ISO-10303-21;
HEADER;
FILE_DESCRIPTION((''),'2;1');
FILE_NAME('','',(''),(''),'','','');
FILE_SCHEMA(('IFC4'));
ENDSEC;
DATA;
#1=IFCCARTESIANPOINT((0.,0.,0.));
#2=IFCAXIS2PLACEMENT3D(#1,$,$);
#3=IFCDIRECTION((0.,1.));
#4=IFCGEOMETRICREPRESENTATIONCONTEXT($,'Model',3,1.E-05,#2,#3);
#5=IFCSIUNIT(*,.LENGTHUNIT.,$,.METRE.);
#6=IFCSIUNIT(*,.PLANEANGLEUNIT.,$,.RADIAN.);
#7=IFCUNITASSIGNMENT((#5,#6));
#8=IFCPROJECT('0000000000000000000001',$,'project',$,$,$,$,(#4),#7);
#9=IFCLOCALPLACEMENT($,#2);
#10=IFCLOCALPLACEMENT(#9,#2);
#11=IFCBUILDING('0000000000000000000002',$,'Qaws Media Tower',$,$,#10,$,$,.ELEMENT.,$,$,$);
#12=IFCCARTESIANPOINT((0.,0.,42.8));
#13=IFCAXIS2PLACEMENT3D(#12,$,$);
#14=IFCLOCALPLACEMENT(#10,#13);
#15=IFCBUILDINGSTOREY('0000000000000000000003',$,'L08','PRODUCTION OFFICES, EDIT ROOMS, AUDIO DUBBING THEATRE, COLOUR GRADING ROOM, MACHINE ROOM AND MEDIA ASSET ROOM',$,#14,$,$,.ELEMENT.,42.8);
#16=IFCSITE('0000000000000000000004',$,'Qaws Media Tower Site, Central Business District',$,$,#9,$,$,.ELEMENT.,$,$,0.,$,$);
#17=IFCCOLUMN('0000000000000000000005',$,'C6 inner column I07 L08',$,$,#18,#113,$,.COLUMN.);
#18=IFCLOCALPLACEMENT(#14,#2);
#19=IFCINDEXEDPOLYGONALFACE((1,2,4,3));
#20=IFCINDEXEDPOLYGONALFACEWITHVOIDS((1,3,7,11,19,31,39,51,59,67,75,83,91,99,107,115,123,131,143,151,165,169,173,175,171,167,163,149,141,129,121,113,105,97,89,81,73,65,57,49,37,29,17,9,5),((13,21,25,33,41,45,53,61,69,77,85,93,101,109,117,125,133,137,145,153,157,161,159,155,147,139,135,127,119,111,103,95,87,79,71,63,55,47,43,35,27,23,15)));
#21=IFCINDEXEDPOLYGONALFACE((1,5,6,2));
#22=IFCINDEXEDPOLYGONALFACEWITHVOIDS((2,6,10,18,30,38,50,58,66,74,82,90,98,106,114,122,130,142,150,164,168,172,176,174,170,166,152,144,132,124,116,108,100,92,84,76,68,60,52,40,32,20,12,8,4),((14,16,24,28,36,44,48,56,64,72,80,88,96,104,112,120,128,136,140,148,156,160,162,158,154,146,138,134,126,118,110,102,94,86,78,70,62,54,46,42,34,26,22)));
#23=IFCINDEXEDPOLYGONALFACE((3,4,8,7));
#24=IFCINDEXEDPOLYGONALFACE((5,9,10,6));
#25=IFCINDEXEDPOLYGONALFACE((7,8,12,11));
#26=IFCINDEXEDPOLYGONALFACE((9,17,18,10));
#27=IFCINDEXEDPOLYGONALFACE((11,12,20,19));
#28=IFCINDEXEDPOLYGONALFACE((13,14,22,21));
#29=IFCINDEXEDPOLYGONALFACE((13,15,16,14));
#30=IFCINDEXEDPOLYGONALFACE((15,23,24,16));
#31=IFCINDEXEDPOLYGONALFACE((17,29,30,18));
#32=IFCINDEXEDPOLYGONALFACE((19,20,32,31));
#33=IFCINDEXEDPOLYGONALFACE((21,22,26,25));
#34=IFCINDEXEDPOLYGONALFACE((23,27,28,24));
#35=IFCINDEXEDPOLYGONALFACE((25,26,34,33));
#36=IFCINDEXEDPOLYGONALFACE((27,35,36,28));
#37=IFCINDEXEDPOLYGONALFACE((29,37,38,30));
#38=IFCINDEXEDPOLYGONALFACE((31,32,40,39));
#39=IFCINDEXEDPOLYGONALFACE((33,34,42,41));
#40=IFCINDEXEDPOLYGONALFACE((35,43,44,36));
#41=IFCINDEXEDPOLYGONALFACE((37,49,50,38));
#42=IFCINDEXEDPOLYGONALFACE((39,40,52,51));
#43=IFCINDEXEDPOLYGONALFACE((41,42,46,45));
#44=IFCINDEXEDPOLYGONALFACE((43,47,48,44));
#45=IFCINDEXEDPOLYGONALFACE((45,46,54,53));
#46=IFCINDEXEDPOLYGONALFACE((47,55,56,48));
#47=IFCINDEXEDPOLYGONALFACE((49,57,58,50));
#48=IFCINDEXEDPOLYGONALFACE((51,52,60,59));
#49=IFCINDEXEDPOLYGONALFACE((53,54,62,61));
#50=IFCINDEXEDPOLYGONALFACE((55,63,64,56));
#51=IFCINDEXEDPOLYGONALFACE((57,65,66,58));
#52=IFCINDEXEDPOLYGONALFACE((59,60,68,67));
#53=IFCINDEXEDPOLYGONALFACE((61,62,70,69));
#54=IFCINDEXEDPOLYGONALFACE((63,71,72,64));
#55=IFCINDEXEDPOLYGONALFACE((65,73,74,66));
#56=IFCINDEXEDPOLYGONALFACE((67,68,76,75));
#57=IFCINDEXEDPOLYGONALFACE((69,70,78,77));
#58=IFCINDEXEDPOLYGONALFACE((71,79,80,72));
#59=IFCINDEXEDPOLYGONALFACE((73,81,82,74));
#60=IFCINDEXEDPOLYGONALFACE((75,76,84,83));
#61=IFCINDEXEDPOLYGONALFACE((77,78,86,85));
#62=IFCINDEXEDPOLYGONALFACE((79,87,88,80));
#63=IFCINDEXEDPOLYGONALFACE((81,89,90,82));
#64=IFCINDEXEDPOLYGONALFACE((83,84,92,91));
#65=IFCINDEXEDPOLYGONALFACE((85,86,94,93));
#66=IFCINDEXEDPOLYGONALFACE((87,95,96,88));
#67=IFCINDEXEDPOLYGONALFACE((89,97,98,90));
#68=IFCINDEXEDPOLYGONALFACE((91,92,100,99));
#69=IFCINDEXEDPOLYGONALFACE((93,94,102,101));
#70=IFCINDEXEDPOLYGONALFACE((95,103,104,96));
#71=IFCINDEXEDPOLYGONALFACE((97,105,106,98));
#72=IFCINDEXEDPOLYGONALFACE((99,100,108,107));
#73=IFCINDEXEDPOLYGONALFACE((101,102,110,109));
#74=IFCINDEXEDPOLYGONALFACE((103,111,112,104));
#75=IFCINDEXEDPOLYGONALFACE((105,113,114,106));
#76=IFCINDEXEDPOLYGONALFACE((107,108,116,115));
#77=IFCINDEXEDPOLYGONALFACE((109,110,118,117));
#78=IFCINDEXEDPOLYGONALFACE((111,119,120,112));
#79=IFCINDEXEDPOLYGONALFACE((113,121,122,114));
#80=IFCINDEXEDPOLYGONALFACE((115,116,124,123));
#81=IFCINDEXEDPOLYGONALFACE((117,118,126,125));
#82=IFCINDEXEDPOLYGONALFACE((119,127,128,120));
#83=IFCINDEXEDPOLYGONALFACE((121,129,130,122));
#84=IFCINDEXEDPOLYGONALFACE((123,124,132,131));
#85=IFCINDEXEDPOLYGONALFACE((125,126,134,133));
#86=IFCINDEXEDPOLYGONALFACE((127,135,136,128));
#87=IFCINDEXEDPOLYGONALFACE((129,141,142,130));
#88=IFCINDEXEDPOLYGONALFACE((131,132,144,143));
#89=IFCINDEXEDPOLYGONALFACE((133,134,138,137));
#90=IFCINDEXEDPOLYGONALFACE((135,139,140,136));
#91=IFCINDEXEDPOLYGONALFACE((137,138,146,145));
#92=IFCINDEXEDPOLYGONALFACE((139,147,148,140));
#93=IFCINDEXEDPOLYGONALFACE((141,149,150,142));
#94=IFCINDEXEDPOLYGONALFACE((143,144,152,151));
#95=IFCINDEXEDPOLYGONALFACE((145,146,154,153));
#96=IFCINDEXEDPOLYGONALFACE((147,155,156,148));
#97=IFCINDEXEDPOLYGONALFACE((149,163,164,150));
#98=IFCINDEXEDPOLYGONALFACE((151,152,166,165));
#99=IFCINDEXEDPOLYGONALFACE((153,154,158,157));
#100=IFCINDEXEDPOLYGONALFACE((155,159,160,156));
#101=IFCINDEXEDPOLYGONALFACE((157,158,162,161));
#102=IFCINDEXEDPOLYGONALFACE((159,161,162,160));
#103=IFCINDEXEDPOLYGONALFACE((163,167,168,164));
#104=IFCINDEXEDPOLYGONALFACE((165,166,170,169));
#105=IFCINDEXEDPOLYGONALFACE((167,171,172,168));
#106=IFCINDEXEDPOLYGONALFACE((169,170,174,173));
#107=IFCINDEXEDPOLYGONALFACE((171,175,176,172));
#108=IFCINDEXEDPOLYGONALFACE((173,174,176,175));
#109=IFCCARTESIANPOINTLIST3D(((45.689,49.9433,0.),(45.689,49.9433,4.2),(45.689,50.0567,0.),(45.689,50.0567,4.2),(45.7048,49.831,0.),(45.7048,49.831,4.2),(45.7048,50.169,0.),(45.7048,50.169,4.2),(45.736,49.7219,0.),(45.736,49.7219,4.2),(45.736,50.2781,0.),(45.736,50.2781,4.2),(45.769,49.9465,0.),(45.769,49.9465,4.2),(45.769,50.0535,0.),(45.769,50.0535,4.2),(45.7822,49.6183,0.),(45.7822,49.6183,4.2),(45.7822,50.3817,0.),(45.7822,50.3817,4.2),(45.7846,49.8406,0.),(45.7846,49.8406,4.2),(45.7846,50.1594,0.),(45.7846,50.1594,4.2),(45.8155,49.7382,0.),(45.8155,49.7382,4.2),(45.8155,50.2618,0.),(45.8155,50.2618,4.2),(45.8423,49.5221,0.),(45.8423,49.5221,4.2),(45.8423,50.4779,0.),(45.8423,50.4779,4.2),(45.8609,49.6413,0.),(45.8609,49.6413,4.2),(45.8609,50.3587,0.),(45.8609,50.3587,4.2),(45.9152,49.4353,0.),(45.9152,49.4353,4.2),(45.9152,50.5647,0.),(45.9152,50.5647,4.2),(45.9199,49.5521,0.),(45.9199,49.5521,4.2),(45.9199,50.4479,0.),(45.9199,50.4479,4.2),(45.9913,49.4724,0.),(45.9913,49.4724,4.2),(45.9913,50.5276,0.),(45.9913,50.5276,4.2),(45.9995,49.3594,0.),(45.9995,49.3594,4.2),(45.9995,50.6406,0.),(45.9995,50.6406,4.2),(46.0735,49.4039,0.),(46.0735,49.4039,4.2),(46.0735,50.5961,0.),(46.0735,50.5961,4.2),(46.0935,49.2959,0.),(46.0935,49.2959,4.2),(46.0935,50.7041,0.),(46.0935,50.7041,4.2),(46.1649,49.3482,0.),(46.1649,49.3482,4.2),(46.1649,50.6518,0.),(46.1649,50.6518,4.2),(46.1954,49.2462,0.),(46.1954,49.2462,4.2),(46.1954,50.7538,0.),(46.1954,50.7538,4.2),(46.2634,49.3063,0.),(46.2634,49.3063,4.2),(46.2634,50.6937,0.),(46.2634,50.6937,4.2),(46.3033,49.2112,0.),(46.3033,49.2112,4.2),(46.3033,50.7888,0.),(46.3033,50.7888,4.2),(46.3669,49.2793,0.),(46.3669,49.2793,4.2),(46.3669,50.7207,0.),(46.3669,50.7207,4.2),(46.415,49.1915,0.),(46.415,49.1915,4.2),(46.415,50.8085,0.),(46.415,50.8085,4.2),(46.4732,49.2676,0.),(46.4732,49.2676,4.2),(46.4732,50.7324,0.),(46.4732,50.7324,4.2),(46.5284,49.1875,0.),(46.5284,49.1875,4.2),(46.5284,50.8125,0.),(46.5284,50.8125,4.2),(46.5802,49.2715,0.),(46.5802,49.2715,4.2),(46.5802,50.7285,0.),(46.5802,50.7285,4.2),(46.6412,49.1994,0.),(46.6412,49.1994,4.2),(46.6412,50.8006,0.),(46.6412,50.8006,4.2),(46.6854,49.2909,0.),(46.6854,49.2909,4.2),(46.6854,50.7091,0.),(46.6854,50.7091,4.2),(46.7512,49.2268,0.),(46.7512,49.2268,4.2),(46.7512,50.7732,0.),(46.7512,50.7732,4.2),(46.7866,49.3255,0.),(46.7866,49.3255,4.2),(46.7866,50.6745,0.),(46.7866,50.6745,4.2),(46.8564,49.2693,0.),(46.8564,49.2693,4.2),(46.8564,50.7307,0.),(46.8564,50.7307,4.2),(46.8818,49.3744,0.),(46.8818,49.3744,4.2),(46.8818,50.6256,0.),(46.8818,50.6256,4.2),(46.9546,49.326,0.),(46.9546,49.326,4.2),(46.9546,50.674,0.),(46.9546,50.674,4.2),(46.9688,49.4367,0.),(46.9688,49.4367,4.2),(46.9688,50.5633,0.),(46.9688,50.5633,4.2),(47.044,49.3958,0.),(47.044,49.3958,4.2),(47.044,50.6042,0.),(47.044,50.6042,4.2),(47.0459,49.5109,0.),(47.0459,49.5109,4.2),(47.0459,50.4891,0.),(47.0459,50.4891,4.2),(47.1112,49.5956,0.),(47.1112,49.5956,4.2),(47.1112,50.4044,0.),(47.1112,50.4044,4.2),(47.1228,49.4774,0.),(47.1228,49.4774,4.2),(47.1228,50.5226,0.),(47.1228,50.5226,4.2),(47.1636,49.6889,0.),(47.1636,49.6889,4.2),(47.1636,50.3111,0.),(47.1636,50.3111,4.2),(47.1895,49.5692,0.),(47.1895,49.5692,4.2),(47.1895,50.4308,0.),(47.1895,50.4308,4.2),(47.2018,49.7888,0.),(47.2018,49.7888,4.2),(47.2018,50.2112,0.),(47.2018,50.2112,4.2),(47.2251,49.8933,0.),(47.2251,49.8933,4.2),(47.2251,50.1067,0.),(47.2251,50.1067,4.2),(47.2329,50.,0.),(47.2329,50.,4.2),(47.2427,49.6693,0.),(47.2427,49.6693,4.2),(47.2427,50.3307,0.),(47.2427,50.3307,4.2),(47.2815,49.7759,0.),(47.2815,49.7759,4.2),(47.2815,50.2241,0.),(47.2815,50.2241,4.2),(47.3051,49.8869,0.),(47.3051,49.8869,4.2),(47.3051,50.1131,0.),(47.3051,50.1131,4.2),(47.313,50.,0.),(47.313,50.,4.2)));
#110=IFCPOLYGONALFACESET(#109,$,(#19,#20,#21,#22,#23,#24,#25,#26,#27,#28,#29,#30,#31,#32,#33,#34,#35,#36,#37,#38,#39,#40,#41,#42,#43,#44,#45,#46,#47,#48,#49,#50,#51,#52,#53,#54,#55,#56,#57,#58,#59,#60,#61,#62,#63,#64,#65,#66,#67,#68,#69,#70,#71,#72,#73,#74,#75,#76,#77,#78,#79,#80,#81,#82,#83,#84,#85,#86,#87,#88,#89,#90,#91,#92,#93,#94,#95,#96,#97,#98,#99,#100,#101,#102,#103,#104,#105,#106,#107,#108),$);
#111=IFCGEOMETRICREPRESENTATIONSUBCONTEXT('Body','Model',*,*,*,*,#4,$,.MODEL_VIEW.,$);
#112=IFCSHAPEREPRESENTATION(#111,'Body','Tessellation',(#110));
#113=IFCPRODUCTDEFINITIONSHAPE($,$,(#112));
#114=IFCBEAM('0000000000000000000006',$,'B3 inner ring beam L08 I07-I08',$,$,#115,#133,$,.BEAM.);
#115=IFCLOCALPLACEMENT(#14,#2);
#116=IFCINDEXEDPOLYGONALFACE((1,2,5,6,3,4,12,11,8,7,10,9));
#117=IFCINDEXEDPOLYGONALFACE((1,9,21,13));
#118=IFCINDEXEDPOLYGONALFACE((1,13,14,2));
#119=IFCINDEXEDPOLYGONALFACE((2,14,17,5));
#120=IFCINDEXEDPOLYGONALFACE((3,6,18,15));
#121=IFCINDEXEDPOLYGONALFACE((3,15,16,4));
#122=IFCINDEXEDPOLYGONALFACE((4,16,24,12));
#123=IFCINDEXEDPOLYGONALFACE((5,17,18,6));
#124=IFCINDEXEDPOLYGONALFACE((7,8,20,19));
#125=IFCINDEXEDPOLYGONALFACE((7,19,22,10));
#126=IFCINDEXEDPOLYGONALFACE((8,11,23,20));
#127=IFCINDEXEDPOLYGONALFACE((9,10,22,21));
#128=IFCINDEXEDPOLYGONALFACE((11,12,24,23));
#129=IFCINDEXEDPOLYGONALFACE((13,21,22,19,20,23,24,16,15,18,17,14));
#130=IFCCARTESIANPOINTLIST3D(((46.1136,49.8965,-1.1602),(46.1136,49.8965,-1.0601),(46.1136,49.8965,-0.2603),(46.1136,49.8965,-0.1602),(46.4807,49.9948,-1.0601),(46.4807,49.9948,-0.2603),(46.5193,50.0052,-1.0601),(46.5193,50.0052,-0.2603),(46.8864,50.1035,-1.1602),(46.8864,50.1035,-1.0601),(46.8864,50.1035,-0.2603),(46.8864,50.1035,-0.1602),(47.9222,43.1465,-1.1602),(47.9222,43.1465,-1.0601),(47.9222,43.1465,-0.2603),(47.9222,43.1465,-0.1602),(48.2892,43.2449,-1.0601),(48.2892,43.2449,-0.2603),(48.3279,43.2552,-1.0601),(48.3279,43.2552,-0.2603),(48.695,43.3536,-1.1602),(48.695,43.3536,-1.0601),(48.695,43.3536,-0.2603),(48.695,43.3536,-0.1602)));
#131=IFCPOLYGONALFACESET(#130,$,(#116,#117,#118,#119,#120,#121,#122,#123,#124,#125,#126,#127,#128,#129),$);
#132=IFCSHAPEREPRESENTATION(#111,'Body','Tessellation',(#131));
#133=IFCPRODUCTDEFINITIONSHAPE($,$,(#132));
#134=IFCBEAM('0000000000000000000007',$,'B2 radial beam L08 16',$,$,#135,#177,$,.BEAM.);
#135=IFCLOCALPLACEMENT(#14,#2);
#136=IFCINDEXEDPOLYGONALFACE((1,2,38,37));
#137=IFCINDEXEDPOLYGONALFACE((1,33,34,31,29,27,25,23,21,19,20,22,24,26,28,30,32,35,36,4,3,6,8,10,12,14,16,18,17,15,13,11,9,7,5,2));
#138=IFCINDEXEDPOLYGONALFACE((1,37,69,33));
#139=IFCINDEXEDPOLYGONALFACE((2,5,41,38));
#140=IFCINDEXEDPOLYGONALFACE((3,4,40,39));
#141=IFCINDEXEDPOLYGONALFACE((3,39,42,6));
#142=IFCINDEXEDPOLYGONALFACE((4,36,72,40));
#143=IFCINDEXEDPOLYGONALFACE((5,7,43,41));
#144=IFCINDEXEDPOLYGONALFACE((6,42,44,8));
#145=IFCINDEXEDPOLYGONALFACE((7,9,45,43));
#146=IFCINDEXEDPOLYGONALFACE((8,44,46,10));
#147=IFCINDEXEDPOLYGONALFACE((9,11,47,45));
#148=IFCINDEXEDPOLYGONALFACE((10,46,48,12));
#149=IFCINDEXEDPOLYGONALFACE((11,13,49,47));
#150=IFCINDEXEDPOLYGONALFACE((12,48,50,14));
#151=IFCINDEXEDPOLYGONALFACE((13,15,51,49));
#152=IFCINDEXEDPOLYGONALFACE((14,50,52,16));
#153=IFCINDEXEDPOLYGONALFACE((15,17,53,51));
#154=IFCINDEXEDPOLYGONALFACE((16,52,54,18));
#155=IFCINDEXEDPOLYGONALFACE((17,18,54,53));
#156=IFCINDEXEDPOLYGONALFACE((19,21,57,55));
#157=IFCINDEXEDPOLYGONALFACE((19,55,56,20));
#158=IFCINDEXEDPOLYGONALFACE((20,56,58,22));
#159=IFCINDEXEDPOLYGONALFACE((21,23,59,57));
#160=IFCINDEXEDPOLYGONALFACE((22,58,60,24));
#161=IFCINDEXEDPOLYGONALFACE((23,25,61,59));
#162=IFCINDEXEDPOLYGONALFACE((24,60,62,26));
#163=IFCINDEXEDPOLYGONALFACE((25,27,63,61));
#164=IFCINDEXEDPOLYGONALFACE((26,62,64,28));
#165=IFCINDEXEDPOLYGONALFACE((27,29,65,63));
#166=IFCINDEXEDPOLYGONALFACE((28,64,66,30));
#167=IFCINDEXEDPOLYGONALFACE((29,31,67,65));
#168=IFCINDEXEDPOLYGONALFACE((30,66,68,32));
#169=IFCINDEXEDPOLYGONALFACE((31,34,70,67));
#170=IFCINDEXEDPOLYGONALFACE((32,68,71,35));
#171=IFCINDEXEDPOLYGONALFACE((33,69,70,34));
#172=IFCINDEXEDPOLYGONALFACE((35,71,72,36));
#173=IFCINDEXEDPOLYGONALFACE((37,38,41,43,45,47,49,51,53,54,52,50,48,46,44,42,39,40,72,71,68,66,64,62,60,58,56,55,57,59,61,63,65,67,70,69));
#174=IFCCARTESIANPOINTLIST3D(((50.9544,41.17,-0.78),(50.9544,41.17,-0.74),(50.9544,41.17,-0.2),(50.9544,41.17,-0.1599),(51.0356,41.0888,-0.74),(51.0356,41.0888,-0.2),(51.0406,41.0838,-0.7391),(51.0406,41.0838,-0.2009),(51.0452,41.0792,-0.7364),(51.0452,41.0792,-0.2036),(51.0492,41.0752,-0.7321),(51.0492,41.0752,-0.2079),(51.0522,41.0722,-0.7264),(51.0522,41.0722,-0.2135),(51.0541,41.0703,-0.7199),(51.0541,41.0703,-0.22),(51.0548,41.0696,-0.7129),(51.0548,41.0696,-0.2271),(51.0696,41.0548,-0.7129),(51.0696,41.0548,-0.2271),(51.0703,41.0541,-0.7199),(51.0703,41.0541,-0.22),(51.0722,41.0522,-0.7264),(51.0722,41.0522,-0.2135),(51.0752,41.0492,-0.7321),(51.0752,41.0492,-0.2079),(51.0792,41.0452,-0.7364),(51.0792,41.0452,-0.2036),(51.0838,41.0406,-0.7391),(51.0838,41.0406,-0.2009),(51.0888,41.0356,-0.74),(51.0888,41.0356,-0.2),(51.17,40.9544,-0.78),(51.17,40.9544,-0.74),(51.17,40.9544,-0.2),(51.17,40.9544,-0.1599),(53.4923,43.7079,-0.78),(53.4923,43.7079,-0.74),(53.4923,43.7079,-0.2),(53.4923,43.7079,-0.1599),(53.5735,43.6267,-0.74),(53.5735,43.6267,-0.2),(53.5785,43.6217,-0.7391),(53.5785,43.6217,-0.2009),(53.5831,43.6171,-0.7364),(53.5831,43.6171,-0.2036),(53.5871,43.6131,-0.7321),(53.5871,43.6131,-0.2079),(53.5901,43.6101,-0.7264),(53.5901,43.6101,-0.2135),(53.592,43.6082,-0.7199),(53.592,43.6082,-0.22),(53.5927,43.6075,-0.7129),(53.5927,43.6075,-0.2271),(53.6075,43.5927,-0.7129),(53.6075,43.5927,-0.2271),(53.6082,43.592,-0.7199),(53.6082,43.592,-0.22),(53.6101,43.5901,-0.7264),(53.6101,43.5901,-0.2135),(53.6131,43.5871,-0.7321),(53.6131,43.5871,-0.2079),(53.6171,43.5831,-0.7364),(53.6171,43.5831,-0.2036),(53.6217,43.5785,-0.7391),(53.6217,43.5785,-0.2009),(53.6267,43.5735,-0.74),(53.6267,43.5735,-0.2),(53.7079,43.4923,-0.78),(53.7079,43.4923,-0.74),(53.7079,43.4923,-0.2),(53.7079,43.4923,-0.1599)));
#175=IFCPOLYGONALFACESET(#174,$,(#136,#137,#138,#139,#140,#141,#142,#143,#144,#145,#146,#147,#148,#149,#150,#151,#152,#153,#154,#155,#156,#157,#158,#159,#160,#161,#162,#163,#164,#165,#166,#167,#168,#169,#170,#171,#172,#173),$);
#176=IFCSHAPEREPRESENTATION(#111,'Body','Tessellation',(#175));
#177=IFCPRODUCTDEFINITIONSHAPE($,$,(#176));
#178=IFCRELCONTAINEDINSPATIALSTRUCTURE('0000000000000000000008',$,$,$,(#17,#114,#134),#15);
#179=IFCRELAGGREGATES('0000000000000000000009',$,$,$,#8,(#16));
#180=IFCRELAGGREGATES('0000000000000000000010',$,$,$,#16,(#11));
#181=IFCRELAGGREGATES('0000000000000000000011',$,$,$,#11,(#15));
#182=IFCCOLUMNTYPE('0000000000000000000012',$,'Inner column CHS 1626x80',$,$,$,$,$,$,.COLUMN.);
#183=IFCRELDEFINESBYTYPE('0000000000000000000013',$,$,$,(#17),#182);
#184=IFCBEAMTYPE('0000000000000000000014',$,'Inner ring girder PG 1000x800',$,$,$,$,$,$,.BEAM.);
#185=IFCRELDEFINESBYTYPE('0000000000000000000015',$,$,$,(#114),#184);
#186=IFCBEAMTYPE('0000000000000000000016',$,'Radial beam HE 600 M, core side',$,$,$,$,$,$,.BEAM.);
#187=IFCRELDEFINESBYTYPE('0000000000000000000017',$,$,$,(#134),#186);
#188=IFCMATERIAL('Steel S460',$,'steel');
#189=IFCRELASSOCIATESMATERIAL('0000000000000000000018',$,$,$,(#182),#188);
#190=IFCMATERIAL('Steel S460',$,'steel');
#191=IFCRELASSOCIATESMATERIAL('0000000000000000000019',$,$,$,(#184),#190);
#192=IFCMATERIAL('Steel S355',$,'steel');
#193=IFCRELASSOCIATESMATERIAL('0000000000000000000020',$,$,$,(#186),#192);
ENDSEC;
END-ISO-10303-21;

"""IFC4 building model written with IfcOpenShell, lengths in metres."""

from ifc_helpers import new_model, si_unit, direction, frame, origin, origin_2d, place, context, subcontext, project, spatial, hollow_circle, i_section, extrude, material, material_profile, profile_set, type_object, element, save


model = new_model("IFC4")

# Units and contexts
model_context = context("Model", 3, precision=1e-05, world=origin(), true_north=direction((0.0, 1.0)))
body_context = subcontext(model_context, "Body", "Model", "MODEL_VIEW")
ifc_project = project(units=[si_unit("LENGTHUNIT", "METRE"), si_unit("PLANEANGLEUNIT", "RADIAN")], contexts=[model_context])

# Site, building, storey
site_placement = place(None, origin())
site = spatial("IfcSite", under=ifc_project, at=site_placement, Name="Qaws Media Tower Site, Central Business District", CompositionType="ELEMENT", RefElevation=0.0)
building_placement = place(site_placement, origin())
building = spatial("IfcBuilding", under=site, at=building_placement, Name="Qaws Media Tower", CompositionType="ELEMENT")
storey_placement = place(building_placement, frame((0.0, 0.0, 42.8)))
storey = spatial("IfcBuildingStorey", under=building, at=storey_placement, Name="L08", Description="PRODUCTION OFFICES, EDIT ROOMS, AUDIO DUBBING THEATRE, COLOUR GRADING ROOM, MACHINE ROOM AND MEDIA ASSET ROOM", CompositionType="ELEMENT", Elevation=42.8)

# Column
ifc_material_1 = material(Name="Steel S460", Category="steel")
ifc_material_profile_1 = material_profile(ifc_material_1, hollow_circle(Radius=0.813, WallThickness=0.0801, at=origin_2d()), Name="CHS 1626x80")
ifc_profile_set_1 = profile_set([ifc_material_profile_1], Name="Steel S460")
column_type = type_object("IfcColumnType", Name="Inner column CHS 1626x80", PredefinedType="COLUMN", material=ifc_profile_set_1)
column_placement = place(storey_placement, frame((46.5, 50.0, 0.0), z_axis=(0.0, 0.0, 1.0), x_axis=(1.0, 0.0, 0.0)))
element("IfcColumn", 1, at=column_placement, inside=storey, type_object=column_type, Name="C6 inner column I07 L08", PredefinedType="COLUMN", context=body_context, shape_type="SweptSolid", body=[
    extrude(hollow_circle(Radius=0.813, WallThickness=0.0801, at=origin_2d()), origin(), (0.0, 0.0, 1.0), 4.2),
])

# Beams
ifc_material_2 = material(Name="Steel S460", Category="steel")
ifc_material_profile_2 = material_profile(ifc_material_2, i_section(OverallWidth=0.8, OverallDepth=1.0, WebThickness=0.04, FlangeThickness=0.1001, at=origin_2d()), Name="PG 1000x800")
ifc_profile_set_2 = profile_set([ifc_material_profile_2], Name="Steel S460")
beam_type_1 = type_object("IfcBeamType", Name="Inner ring girder PG 1000x800", PredefinedType="BEAM", material=ifc_profile_set_2)
beam_1_placement = place(storey_placement, frame((46.5, 50.0, -0.6602), z_axis=(0.258811, -0.965928, 0.0), x_axis=(0.965928, 0.258811, 0.0)))
element("IfcBeam", 2, at=beam_1_placement, inside=storey, type_object=beam_type_1, Name="B3 inner ring beam L08 I07-I08", PredefinedType="BEAM", context=body_context, shape_type="SweptSolid", body=[
    extrude(i_section(OverallWidth=0.8, OverallDepth=1.0, WebThickness=0.04, FlangeThickness=0.1001, at=origin_2d()), origin(), (0.0, 0.0, 1.0), 6.988),
])
ifc_material_3 = material(Name="Steel S355", Category="steel")
ifc_material_profile_3 = material_profile(ifc_material_3, i_section(OverallWidth=0.3049, OverallDepth=0.6201, WebThickness=0.021, FlangeThickness=0.04, FilletRadius=0.0271, at=origin_2d()), Name="HE 600 M")
ifc_profile_set_3 = profile_set([ifc_material_profile_3], Name="Steel S355")
beam_type_2 = type_object("IfcBeamType", Name="Radial beam HE 600 M, core side", PredefinedType="BEAM", material=ifc_profile_set_3)
beam_2_placement = place(storey_placement, frame((53.6001, 43.6001, -0.47), z_axis=(-0.707107, -0.707107, 0.0), x_axis=(0.707107, -0.707107, 0.0)))
element("IfcBeam", 3, at=beam_2_placement, inside=storey, type_object=beam_type_2, Name="B2 radial beam L08 16", PredefinedType="BEAM", context=body_context, shape_type="SweptSolid", body=[
    extrude(i_section(OverallWidth=0.3049, OverallDepth=0.6201, WebThickness=0.021, FlangeThickness=0.04, FilletRadius=0.0271, at=origin_2d()), origin(), (0.0, 0.0, 1.0), 3.5891),
])

save(model, "model.ifc")
